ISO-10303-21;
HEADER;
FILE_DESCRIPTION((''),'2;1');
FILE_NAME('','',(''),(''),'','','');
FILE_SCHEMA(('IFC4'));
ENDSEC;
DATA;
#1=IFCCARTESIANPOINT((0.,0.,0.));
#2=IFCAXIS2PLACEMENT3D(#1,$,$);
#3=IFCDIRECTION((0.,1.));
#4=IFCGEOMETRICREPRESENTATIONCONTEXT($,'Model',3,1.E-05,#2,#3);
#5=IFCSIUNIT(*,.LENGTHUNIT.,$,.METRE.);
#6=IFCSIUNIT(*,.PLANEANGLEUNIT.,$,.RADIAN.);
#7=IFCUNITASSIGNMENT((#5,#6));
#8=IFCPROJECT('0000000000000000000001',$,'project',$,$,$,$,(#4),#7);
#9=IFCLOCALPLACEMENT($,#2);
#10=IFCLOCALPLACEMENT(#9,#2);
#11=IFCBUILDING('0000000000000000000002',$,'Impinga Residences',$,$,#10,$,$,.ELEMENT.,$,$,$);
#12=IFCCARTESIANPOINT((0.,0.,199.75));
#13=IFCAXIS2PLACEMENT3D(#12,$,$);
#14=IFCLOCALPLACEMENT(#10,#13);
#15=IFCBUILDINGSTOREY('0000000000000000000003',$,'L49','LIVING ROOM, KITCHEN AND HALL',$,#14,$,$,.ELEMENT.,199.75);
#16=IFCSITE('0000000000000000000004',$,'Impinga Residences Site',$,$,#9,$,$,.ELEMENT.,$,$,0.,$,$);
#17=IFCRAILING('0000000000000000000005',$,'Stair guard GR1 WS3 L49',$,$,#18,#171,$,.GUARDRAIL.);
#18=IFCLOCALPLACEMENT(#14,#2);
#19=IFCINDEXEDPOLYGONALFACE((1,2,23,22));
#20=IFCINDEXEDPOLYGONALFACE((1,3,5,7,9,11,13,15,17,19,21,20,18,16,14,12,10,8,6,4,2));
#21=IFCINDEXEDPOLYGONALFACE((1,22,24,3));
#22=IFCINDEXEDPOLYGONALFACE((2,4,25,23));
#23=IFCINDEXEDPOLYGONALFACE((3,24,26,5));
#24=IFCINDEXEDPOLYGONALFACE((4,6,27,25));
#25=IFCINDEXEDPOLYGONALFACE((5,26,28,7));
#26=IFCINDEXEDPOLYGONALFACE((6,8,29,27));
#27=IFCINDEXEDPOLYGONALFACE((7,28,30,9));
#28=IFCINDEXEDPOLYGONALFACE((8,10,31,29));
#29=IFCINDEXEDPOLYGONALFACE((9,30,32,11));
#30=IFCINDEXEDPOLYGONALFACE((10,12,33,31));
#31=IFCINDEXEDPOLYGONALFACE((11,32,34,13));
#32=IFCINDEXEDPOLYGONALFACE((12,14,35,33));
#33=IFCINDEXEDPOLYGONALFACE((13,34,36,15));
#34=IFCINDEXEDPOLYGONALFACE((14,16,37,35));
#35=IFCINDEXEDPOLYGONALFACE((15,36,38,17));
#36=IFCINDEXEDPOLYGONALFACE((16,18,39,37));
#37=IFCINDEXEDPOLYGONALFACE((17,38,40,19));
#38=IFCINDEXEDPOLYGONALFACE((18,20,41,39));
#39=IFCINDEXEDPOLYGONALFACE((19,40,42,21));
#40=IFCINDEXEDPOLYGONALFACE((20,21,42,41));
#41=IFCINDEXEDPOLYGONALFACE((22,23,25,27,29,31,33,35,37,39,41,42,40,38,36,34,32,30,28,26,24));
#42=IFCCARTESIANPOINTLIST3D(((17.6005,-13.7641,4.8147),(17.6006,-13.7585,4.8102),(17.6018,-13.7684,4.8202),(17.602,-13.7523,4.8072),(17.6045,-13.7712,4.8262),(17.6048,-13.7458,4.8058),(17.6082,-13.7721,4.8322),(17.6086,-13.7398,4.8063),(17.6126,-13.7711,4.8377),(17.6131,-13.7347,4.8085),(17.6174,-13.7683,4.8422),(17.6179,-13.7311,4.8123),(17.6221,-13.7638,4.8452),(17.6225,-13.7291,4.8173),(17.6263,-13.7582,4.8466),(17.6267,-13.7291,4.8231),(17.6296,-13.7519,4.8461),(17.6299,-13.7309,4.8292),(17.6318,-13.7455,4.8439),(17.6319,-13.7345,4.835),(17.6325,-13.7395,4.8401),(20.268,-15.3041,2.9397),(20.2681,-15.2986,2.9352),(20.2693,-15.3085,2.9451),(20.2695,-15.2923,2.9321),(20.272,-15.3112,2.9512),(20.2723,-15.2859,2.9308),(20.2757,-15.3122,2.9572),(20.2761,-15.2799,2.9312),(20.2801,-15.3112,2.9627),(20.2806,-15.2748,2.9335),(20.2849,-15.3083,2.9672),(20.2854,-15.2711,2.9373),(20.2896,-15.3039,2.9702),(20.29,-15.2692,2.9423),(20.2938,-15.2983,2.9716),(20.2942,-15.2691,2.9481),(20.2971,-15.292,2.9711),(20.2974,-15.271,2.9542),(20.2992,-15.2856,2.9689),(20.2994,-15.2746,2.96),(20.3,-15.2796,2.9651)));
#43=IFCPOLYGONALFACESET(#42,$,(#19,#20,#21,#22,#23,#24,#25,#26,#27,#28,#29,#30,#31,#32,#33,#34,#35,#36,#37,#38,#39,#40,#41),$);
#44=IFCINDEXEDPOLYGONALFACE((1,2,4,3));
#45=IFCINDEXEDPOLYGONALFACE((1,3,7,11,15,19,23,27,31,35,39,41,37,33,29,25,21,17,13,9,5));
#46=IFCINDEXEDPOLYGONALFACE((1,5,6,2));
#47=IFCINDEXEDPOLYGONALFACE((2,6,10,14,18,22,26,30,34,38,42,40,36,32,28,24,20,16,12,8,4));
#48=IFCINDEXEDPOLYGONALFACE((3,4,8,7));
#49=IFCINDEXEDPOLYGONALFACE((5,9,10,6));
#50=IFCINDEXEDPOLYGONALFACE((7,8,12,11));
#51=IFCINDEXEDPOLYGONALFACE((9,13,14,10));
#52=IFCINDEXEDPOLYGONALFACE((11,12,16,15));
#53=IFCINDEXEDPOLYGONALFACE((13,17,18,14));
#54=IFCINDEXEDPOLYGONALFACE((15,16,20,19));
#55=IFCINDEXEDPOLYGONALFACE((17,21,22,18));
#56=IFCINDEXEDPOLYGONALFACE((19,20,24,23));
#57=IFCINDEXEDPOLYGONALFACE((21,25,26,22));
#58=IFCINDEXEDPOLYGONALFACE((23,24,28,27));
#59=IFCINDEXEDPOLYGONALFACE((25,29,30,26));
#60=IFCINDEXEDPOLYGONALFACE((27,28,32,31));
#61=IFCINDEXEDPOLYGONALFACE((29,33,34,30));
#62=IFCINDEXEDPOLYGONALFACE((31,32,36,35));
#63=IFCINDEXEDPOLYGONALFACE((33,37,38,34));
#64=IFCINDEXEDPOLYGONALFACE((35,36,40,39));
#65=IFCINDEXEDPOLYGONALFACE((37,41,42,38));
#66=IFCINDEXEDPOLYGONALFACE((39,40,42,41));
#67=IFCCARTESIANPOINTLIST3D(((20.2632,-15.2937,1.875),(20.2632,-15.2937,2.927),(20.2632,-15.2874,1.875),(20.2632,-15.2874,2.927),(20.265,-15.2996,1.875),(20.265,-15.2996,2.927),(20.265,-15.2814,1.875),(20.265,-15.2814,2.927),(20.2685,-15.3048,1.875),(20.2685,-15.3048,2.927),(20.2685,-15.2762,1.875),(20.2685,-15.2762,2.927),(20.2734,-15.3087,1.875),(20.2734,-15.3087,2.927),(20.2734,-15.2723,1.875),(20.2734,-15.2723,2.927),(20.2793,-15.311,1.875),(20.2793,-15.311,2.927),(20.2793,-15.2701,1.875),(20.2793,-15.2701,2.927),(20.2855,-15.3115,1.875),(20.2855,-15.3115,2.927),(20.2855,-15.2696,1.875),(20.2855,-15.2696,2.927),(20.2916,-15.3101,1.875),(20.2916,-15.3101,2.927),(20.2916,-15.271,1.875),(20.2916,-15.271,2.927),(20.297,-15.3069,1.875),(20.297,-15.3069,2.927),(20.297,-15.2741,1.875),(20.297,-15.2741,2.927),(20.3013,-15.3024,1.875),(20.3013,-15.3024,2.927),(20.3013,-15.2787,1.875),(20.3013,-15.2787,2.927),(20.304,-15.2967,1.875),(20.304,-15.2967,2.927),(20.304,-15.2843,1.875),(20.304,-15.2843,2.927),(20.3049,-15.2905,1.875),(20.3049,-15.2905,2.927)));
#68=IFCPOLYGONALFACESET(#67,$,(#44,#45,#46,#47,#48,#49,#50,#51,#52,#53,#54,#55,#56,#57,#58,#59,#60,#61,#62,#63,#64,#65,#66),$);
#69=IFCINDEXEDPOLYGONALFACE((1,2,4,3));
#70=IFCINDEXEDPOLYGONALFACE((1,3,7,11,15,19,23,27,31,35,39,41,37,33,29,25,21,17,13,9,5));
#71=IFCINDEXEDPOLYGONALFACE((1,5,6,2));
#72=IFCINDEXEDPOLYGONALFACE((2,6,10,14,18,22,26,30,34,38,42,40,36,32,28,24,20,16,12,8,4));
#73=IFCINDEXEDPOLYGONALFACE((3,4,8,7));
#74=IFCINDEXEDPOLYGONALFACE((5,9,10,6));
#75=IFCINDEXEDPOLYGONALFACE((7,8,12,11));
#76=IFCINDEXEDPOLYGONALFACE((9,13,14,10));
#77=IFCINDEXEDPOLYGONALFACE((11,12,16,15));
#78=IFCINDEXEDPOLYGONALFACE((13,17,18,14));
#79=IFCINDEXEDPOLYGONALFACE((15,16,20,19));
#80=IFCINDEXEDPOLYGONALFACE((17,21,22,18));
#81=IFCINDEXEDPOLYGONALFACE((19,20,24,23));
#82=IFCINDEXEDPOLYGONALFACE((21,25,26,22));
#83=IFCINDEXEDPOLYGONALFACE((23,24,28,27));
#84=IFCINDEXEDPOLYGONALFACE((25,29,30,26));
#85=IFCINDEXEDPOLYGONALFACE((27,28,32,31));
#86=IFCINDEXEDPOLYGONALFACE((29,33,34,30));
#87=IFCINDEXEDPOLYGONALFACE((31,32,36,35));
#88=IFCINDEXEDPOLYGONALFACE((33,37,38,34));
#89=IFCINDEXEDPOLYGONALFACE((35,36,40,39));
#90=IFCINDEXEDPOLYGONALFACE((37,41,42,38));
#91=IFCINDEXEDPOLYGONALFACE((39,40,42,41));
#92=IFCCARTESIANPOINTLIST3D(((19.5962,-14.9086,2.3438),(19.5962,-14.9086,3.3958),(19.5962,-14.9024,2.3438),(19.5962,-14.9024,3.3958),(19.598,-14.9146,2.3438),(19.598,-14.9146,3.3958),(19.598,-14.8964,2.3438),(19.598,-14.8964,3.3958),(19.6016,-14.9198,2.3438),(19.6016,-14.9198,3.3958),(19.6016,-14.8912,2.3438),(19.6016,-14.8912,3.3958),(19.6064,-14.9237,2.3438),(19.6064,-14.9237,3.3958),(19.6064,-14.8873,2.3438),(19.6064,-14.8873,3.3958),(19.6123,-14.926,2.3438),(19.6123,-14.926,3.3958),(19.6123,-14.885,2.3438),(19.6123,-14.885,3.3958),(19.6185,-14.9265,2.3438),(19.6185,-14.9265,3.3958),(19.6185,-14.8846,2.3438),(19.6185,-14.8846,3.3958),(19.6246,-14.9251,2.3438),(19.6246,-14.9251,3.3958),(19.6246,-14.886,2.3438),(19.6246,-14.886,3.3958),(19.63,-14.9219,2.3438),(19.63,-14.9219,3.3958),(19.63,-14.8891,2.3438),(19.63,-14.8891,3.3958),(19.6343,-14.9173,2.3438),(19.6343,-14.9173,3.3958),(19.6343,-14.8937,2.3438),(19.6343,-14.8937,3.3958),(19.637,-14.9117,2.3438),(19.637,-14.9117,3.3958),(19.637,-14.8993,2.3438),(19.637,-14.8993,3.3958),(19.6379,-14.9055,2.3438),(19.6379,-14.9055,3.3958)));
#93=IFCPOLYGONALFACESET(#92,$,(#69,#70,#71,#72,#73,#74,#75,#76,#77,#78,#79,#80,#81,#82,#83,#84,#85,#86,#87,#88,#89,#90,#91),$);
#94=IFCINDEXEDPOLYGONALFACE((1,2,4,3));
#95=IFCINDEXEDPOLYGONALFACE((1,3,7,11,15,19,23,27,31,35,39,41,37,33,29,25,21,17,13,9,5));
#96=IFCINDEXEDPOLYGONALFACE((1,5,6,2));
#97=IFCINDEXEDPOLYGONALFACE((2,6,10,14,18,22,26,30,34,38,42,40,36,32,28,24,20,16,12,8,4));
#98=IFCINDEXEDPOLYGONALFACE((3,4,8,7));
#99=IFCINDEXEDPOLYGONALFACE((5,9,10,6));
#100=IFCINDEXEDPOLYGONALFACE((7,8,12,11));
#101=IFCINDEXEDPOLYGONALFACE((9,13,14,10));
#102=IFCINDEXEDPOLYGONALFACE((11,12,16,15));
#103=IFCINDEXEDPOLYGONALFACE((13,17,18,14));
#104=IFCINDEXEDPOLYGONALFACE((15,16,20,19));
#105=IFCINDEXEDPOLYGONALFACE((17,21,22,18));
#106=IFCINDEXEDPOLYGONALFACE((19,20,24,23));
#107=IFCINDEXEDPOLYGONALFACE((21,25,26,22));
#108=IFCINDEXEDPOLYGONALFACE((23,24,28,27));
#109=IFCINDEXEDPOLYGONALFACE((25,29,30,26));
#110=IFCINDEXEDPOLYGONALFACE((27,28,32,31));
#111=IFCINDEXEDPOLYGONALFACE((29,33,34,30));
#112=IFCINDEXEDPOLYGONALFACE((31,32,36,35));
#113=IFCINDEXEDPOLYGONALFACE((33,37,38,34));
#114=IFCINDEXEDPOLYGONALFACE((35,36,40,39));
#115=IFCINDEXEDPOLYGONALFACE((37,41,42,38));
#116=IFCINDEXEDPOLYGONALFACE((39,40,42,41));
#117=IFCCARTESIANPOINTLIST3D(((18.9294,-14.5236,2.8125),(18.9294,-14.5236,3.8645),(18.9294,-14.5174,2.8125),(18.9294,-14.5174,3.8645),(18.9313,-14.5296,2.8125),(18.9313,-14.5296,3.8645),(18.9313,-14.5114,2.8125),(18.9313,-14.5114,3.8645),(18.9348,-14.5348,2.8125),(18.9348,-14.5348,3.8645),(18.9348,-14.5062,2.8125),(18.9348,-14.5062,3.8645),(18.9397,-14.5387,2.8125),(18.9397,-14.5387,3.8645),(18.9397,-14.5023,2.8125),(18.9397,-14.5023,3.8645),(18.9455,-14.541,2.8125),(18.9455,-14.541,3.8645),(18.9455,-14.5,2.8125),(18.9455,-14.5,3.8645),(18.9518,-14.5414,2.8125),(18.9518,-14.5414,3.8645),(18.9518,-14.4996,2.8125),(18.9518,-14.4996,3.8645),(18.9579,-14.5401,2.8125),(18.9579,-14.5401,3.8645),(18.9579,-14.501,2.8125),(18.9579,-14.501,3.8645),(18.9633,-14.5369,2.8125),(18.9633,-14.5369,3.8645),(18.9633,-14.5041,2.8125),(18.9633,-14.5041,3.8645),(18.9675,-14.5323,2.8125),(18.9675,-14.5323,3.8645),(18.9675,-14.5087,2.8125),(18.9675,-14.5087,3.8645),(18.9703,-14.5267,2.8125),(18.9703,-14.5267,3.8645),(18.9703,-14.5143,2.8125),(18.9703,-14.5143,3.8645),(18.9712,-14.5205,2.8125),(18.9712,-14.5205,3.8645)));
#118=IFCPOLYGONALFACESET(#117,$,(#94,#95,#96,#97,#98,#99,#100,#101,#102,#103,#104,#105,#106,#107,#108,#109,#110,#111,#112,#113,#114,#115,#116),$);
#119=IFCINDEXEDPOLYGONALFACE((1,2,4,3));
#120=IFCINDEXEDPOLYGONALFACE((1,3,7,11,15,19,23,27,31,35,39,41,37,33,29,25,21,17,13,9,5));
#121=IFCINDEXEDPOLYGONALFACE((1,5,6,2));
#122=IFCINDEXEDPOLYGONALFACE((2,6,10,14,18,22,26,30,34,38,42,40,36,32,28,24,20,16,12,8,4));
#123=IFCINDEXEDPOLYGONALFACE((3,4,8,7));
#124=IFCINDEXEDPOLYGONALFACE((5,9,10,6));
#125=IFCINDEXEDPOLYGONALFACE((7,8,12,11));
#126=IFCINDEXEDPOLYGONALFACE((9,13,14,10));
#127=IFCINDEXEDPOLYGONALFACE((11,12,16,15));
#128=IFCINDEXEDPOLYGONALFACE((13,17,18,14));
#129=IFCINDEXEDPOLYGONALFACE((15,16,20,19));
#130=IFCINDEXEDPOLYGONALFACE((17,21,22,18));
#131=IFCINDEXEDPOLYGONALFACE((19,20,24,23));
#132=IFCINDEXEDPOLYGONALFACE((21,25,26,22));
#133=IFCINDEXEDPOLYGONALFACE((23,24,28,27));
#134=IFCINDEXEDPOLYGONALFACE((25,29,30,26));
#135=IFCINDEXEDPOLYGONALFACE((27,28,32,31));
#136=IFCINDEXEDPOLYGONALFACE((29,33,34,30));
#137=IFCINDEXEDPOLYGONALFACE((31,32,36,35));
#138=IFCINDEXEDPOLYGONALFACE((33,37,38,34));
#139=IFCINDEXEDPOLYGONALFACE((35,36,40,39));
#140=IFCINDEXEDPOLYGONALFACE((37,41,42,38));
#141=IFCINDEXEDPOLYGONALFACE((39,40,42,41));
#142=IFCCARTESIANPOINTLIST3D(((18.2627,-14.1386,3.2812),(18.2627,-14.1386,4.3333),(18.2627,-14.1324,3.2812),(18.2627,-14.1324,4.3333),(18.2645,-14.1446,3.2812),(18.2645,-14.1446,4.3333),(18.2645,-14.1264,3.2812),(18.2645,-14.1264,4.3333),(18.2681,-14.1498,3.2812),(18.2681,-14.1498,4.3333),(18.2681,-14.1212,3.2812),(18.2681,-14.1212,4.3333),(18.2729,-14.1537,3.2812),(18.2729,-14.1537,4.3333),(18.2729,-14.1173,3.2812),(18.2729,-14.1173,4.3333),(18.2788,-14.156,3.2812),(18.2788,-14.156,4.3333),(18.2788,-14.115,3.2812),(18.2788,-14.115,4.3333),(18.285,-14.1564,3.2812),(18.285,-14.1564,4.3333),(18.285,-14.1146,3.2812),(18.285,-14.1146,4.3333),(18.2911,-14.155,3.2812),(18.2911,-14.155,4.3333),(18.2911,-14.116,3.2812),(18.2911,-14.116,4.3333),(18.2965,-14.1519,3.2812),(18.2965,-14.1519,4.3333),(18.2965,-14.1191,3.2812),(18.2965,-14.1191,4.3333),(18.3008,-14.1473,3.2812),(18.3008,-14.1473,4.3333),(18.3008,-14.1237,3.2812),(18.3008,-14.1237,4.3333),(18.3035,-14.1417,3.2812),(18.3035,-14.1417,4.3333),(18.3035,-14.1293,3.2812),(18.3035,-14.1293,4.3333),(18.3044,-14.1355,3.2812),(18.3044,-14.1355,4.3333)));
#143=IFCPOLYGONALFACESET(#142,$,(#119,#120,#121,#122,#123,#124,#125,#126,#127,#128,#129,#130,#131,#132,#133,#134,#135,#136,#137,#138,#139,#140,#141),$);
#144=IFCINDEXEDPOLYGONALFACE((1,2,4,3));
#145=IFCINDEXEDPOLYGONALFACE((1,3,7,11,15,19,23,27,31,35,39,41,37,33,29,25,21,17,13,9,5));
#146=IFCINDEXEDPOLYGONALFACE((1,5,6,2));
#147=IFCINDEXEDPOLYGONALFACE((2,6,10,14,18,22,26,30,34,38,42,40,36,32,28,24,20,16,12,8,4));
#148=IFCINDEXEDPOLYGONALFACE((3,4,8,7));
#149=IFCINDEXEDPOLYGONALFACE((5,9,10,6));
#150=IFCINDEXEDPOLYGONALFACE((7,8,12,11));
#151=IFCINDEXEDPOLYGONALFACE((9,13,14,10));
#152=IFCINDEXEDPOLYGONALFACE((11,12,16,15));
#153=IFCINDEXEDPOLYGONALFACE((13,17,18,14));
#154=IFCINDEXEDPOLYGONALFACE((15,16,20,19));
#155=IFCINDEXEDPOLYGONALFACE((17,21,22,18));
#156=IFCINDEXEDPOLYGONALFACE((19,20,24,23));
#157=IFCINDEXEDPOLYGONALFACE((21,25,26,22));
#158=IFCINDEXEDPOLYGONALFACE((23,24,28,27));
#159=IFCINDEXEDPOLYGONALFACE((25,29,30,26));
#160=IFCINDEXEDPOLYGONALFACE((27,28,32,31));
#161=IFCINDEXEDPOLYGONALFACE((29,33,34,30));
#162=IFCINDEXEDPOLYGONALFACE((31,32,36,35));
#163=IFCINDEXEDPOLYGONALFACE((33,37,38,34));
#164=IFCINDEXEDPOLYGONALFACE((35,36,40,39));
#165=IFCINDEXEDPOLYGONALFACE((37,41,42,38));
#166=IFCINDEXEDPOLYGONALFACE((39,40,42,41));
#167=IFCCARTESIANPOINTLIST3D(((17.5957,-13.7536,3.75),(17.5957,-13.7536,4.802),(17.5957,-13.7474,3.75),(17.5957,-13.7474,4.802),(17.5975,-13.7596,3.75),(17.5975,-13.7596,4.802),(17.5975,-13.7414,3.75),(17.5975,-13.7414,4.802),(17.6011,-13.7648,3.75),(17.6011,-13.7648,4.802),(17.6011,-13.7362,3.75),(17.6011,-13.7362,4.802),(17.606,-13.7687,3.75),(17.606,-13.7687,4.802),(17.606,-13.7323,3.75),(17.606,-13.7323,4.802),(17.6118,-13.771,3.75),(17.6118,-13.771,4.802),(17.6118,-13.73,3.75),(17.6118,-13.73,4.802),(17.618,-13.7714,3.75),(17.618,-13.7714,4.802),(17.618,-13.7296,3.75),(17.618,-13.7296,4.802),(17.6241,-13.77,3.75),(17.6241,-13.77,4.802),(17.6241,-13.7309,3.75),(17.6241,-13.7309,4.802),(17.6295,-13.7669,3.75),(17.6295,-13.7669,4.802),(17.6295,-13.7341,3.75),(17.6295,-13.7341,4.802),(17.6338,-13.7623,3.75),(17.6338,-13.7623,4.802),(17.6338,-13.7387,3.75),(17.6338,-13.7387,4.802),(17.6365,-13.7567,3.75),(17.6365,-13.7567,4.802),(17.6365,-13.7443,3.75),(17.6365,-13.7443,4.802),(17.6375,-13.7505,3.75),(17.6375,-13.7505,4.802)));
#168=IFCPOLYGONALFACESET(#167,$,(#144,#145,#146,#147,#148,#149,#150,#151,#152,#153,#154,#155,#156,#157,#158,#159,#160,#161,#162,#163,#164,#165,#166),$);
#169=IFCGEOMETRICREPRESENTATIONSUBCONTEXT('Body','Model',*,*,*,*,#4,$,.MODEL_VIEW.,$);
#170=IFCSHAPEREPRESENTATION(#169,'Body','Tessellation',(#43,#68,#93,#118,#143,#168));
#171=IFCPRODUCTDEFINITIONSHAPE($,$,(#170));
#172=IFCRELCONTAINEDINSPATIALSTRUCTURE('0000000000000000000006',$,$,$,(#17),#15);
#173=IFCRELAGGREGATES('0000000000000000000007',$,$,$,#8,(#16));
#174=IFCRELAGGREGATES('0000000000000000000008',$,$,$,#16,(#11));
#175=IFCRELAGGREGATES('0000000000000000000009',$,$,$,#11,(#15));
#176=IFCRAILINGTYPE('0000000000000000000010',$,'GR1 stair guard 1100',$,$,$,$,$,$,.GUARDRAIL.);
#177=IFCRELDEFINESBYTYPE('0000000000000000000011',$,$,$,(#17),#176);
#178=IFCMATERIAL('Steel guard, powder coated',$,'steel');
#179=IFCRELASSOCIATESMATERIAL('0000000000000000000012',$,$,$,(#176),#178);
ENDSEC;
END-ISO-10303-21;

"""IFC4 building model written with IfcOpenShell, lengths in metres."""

from ifc_helpers import new_model, si_unit, direction, frame, origin, origin_2d, place, context, subcontext, project, spatial, circle, extrude, material, type_object, element, save


model = new_model("IFC4")

# Units and contexts
model_context = context("Model", 3, precision=1e-05, world=origin(), true_north=direction((0.0, 1.0)))
body_context = subcontext(model_context, "Body", "Model", "MODEL_VIEW")
ifc_project = project(units=[si_unit("LENGTHUNIT", "METRE"), si_unit("PLANEANGLEUNIT", "RADIAN")], contexts=[model_context])

# Site, building, storey
site_placement = place(None, origin())
site = spatial("IfcSite", under=ifc_project, at=site_placement, Name="Impinga Residences Site", CompositionType="ELEMENT", RefElevation=0.0)
building_placement = place(site_placement, origin())
building = spatial("IfcBuilding", under=site, at=building_placement, Name="Impinga Residences", CompositionType="ELEMENT")
storey_placement = place(building_placement, frame((0.0, 0.0, 199.75)))
storey = spatial("IfcBuildingStorey", under=building, at=storey_placement, Name="L49", Description="LIVING ROOM, KITCHEN AND HALL", CompositionType="ELEMENT", Elevation=199.75)

# Railing
ifc_material_1 = material(Name="Steel guard, powder coated", Category="steel")
railing_type_1 = type_object("IfcRailingType", Name="GR1 stair guard 1100", PredefinedType="GUARDRAIL", material=ifc_material_1)
railing_1_placement = place(storey_placement, frame((20.2839, -15.2905, 1.875)))
element("IfcRailing", 1, at=railing_1_placement, inside=storey, type_object=railing_type_1, Name="Stair guard GR1 WS3 L49", PredefinedType="GUARDRAIL", context=body_context, shape_type="SweptSolid", body=[
    extrude(circle(Radius=0.0239, at=origin_2d()), frame((0.0, 0.0, 1.0762), z_axis=(-0.739746, 0.427084, 0.519975), x_axis=(-0.499992, -0.86603, 0.0)), (0.0, 0.0, 1.0), 3.606),
    extrude(circle(Radius=0.021, at=origin_2d()), origin(), (0.0, 0.0, 1.0), 1.052),
    extrude(circle(Radius=0.021, at=origin_2d()), frame((-0.667, 0.385, 0.4688)), (0.0, 0.0, 1.0), 1.052),
    extrude(circle(Radius=0.021, at=origin_2d()), frame((-1.3337, 0.77, 0.9375)), (0.0, 0.0, 1.0), 1.052),
    extrude(circle(Radius=0.021, at=origin_2d()), frame((-2.0005, 1.155, 1.4062)), (0.0, 0.0, 1.0), 1.052),
    extrude(circle(Radius=0.021, at=origin_2d()), frame((-2.6675, 1.54, 1.875)), (0.0, 0.0, 1.0), 1.052),
])

save(model, "model.ifc")
